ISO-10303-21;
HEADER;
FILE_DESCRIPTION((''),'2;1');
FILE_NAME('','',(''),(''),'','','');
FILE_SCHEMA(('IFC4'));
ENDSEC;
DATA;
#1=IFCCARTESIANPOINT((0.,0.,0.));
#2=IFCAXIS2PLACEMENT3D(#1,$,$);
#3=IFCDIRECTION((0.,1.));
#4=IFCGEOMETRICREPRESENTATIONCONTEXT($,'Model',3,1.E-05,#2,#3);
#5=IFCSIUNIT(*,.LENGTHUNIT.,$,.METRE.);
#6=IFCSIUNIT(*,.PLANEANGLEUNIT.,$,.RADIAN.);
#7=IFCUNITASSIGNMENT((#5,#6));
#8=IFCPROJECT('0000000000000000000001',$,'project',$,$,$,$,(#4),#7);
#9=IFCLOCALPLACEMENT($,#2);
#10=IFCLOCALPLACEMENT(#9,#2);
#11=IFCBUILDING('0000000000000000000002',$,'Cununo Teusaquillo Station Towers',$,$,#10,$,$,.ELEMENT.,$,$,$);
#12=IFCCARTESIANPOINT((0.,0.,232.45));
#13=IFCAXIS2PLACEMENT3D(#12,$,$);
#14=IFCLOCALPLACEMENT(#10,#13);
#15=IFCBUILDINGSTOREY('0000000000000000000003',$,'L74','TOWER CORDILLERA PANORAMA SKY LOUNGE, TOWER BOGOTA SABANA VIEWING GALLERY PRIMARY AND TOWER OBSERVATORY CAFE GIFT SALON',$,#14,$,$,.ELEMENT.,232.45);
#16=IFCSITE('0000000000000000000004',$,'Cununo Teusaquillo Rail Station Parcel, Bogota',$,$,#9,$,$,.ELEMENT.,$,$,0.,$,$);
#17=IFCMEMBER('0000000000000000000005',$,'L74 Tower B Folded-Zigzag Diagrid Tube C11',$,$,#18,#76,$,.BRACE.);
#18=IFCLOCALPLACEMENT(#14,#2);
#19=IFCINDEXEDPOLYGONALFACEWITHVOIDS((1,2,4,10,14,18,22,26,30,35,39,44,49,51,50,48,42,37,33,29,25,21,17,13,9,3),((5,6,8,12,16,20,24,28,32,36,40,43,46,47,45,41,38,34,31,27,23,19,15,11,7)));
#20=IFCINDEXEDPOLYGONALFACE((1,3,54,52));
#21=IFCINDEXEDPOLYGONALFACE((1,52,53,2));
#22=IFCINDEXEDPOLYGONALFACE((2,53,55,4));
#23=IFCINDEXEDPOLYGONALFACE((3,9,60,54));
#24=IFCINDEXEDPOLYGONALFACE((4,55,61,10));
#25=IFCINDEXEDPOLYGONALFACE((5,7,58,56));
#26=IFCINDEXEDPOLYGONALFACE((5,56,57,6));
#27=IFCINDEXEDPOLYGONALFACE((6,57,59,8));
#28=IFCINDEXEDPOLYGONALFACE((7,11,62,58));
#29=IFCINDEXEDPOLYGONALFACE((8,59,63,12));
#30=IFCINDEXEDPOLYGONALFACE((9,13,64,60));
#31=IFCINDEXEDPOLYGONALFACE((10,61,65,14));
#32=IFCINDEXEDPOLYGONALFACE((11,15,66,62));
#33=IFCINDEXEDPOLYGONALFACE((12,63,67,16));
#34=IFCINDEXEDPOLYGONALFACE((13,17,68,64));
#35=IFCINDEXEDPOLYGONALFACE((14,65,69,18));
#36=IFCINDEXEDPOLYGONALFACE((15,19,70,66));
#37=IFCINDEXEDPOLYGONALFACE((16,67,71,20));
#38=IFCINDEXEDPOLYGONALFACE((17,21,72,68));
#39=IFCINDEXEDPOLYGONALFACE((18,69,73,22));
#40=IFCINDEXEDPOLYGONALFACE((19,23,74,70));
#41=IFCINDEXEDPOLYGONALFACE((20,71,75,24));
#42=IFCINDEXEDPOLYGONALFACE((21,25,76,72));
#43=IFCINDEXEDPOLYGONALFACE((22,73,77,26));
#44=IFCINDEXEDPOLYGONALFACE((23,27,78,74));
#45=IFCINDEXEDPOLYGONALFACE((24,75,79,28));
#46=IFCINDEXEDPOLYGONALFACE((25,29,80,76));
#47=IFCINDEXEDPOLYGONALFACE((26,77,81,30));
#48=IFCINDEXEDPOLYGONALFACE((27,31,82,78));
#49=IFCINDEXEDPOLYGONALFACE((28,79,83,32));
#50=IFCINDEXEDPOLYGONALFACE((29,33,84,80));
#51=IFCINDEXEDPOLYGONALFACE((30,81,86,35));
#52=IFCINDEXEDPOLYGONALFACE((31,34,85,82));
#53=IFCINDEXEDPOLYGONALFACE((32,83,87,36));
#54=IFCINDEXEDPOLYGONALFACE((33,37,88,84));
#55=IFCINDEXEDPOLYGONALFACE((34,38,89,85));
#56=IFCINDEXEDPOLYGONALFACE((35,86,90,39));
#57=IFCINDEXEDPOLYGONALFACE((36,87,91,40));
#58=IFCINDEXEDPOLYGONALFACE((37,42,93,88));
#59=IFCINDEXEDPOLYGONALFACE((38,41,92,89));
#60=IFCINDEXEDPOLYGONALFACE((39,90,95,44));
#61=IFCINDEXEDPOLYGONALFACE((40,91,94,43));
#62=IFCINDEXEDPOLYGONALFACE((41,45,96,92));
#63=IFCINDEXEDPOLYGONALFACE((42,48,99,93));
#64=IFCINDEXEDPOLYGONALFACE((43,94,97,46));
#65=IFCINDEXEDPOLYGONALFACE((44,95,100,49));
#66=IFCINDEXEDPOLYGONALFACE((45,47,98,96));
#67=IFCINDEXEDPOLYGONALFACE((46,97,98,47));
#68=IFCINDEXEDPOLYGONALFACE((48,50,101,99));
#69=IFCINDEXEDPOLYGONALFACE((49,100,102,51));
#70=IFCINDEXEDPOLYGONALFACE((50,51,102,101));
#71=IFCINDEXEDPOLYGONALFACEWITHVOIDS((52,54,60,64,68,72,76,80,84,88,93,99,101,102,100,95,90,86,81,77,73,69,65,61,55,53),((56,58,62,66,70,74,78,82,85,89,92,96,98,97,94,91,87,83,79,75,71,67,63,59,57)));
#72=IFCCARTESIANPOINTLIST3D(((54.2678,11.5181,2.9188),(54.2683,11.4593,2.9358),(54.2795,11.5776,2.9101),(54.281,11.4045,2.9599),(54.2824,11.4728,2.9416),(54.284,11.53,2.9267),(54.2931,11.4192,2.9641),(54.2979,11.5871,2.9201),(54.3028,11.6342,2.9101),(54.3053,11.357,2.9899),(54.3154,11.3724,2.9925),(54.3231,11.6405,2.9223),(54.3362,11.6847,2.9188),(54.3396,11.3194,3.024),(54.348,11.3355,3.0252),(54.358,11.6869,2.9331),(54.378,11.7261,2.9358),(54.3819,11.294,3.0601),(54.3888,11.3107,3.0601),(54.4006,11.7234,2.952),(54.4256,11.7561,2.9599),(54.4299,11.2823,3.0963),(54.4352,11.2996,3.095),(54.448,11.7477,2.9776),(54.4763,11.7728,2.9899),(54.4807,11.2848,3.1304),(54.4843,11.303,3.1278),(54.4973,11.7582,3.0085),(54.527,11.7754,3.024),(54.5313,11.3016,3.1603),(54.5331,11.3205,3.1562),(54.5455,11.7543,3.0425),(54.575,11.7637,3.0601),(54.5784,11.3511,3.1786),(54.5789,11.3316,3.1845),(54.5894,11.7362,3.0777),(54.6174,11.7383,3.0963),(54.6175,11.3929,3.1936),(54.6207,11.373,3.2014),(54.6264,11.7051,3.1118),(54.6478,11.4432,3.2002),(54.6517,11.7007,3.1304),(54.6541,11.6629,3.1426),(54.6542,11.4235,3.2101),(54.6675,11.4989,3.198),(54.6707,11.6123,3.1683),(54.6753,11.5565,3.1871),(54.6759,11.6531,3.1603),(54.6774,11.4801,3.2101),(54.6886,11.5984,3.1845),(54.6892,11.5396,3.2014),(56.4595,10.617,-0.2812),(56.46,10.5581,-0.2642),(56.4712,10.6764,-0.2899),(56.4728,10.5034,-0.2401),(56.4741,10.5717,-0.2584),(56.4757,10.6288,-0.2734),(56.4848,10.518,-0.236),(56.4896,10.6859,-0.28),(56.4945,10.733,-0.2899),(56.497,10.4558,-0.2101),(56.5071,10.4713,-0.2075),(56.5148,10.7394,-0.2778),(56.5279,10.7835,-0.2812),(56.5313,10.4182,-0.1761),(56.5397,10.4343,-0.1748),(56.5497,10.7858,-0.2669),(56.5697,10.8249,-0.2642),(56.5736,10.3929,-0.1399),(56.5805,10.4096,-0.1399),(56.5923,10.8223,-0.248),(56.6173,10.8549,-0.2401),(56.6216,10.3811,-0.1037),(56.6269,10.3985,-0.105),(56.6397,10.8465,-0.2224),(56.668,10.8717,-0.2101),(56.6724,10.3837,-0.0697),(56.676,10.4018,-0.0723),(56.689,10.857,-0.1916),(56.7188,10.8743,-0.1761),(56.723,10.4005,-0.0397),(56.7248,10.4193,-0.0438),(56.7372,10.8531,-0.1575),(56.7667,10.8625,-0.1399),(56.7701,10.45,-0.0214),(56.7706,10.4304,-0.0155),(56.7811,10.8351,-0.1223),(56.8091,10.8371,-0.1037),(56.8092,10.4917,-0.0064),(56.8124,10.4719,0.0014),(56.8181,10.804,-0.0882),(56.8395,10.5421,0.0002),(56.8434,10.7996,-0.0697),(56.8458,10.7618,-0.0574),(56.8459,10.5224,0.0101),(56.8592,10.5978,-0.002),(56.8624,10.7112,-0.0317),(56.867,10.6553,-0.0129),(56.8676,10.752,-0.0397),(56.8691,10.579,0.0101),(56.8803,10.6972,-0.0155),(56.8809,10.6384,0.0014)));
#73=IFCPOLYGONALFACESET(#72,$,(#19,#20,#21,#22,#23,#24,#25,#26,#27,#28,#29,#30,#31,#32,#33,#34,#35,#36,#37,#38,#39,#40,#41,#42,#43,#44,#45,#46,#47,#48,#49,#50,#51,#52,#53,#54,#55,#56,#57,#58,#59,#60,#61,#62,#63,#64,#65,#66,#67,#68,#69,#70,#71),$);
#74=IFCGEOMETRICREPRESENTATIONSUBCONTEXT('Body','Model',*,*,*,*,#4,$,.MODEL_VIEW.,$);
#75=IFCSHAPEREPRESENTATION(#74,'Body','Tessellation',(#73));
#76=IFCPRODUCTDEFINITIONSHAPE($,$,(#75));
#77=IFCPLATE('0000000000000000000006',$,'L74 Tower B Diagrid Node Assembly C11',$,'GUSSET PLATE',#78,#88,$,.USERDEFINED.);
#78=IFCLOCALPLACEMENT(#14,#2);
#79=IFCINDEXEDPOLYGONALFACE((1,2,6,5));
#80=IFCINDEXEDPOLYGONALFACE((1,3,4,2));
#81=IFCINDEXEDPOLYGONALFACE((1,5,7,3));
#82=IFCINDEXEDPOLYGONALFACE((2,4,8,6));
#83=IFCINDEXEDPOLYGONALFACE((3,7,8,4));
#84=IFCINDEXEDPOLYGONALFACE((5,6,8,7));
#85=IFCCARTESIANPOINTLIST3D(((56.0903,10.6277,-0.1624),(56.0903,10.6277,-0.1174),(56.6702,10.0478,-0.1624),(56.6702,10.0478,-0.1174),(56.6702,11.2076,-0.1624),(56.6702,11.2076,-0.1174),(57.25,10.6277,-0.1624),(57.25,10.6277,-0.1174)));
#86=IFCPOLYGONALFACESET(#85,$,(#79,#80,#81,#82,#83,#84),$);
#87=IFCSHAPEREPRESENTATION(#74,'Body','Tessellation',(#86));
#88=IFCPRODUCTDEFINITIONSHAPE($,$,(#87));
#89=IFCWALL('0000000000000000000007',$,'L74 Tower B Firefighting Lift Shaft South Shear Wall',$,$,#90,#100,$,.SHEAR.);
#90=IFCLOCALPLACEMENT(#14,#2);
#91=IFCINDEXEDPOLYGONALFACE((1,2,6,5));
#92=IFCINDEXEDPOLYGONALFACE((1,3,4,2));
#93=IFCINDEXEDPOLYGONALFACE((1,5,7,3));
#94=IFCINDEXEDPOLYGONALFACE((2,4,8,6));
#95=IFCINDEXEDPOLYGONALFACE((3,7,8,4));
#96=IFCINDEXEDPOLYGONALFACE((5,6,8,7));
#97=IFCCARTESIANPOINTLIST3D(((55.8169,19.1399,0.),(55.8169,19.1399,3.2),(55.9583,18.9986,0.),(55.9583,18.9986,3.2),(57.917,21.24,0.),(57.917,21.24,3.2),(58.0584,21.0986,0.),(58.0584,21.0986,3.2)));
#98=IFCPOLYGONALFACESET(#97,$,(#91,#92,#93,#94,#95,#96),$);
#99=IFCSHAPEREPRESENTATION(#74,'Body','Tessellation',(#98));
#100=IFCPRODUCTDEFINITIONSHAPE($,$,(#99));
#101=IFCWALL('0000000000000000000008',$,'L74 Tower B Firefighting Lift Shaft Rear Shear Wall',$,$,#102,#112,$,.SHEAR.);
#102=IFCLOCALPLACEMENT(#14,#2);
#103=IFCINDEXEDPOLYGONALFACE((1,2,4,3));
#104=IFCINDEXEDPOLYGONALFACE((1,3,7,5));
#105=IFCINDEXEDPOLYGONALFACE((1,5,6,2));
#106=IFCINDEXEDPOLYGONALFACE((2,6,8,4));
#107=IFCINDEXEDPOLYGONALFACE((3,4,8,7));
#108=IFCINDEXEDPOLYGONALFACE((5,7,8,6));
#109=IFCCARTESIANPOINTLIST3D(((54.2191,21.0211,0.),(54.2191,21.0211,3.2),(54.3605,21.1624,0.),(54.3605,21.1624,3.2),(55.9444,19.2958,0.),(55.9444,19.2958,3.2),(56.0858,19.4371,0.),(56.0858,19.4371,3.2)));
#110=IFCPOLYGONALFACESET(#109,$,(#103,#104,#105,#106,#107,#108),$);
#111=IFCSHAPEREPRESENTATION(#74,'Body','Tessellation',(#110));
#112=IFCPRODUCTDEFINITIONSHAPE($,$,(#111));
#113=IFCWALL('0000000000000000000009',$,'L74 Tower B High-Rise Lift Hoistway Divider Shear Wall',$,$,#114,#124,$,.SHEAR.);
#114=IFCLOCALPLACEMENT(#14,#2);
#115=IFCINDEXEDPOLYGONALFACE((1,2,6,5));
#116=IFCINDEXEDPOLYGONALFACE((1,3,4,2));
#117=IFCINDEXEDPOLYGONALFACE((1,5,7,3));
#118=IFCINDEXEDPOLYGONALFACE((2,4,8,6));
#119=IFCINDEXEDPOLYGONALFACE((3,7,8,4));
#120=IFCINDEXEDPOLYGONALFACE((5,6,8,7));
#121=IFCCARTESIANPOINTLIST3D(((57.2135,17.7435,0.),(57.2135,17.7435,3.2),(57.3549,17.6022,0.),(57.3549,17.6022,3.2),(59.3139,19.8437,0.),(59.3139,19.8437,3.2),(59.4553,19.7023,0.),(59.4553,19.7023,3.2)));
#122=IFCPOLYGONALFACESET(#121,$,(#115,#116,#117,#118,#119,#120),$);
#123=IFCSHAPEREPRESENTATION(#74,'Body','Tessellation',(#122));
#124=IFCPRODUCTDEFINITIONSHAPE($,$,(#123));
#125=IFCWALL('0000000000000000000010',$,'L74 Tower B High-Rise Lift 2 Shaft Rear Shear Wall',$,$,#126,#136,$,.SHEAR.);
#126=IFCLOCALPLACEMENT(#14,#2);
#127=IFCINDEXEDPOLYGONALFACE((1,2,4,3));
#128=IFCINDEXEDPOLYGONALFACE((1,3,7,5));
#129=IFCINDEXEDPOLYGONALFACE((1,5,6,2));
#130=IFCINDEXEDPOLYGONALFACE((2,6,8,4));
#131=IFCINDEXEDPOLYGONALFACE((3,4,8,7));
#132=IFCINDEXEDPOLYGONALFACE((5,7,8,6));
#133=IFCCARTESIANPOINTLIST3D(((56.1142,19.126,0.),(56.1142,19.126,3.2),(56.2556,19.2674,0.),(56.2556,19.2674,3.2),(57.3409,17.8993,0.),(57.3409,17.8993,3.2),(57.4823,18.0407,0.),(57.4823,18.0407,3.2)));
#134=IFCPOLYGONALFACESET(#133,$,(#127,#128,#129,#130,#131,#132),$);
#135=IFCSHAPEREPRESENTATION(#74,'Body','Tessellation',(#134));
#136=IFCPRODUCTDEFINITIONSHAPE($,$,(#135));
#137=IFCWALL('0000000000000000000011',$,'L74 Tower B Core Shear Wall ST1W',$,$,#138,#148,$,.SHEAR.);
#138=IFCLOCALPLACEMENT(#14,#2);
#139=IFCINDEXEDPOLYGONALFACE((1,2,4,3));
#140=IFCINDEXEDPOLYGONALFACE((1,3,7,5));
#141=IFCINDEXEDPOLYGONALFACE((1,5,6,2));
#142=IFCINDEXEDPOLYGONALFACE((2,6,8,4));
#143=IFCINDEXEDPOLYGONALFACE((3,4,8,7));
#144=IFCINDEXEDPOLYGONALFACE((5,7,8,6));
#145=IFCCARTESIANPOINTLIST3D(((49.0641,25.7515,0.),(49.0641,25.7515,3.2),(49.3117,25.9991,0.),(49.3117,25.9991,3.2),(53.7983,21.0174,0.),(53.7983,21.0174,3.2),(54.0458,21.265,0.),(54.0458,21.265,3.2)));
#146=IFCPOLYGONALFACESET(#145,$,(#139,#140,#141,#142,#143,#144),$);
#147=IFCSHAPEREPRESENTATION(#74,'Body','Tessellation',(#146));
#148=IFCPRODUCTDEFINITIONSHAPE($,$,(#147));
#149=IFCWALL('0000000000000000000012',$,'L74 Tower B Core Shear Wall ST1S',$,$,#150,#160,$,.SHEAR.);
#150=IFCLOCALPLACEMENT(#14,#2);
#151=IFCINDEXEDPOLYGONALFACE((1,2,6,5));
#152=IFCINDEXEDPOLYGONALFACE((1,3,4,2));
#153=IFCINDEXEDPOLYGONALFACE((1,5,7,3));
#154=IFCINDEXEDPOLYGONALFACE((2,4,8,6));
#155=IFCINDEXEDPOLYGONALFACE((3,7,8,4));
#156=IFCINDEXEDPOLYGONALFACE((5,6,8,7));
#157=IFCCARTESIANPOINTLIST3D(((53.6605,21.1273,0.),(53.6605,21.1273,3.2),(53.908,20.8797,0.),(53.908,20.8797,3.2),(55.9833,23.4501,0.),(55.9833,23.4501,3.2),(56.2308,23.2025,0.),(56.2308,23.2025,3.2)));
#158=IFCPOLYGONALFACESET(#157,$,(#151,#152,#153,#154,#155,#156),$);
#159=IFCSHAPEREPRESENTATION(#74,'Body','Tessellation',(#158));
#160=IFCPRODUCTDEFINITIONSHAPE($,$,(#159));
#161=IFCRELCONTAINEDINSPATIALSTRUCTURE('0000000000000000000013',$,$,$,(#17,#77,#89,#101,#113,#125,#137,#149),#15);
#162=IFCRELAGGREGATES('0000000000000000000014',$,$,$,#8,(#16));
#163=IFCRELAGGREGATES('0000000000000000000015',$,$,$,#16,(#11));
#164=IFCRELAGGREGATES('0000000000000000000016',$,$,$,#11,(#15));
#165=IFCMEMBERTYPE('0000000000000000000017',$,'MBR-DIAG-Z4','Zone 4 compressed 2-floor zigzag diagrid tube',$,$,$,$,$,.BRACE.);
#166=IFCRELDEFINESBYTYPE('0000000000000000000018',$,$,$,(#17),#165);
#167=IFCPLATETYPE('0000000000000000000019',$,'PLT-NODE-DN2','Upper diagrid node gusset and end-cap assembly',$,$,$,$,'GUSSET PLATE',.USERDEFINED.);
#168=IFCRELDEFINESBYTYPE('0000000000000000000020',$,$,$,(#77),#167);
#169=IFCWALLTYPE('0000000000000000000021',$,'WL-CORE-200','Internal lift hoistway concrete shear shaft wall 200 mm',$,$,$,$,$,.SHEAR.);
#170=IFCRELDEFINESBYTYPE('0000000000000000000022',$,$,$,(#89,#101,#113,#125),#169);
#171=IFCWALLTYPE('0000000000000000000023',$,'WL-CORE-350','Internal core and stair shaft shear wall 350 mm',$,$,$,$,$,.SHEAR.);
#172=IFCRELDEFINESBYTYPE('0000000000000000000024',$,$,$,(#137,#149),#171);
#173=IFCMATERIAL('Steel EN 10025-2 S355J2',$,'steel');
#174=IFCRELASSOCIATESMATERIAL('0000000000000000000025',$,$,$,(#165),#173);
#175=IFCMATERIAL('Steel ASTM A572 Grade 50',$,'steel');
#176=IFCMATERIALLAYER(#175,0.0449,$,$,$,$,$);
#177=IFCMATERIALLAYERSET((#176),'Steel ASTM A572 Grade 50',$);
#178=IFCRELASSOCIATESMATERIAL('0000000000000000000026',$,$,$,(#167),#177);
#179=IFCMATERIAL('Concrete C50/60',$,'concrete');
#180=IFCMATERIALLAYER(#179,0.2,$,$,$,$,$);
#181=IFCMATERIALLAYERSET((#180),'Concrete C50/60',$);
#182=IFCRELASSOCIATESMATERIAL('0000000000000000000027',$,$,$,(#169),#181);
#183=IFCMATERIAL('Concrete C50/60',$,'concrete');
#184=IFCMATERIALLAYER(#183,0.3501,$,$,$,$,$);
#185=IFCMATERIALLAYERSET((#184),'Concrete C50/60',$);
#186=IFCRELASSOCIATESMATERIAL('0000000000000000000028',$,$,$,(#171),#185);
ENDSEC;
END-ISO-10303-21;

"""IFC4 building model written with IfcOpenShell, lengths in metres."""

from ifc_helpers import new_model, si_unit, direction, frame, frame_2d, origin, origin_2d, place, context, subcontext, project, spatial, rectangle, hollow_circle, extrude, source, transform, mapped, material, layer, layer_set, material_profile, profile_set, type_object, element, save


model = new_model("IFC4")

# Units and contexts
model_context = context("Model", 3, precision=1e-05, world=origin(), true_north=direction((0.0, 1.0)))
body_context = subcontext(model_context, "Body", "Model", "MODEL_VIEW")
ifc_project = project(units=[si_unit("LENGTHUNIT", "METRE"), si_unit("PLANEANGLEUNIT", "RADIAN")], contexts=[model_context])

# Site, building, storey
site_placement = place(None, origin())
site = spatial("IfcSite", under=ifc_project, at=site_placement, Name="Cununo Teusaquillo Rail Station Parcel, Bogota", CompositionType="ELEMENT", RefElevation=0.0)
building_placement = place(site_placement, origin())
building = spatial("IfcBuilding", under=site, at=building_placement, Name="Cununo Teusaquillo Station Towers", CompositionType="ELEMENT")
storey_placement = place(building_placement, frame((0.0, 0.0, 232.45)))
storey = spatial("IfcBuildingStorey", under=building, at=storey_placement, Name="L74", Description="TOWER CORDILLERA PANORAMA SKY LOUNGE, TOWER BOGOTA SABANA VIEWING GALLERY PRIMARY AND TOWER OBSERVATORY CAFE GIFT SALON", CompositionType="ELEMENT", Elevation=232.45)

# Member
ifc_material_1 = material(Name="Steel EN 10025-2 S355J2", Category="steel")
ifc_material_profile_1 = material_profile(ifc_material_1, hollow_circle(Radius=0.2539, WallThickness=0.0181, at=origin_2d()), Name="CHS 508x18")
ifc_profile_set_1 = profile_set([ifc_material_profile_1], Name="Steel EN 10025-2 S355J2")
member_type = type_object("IfcMemberType", Name="MBR-DIAG-Z4", Description="Zone 4 compressed 2-floor zigzag diagrid tube", PredefinedType="BRACE", material=ifc_profile_set_1)
member_placement = place(storey_placement, frame((56.6702, 10.6277, -0.1399), z_axis=(-0.550412, 0.226308, 0.803637), x_axis=(-0.380273, -0.924874, 0.0)))
element("IfcMember", 1, at=member_placement, inside=storey, type_object=member_type, Name="L74 Tower B Folded-Zigzag Diagrid Tube C11", PredefinedType="BRACE", context=body_context, shape_type="SweptSolid", body=[
    extrude(hollow_circle(Radius=0.2539, WallThickness=0.0181, at=origin_2d()), origin(), (0.0, 0.0, 1.0), 3.9819),
])

# Plate
ifc_material_2 = material(Name="Steel ASTM A572 Grade 50", Category="steel")
ifc_layer_1 = layer(ifc_material_2, 0.0449)
ifc_layer_set_1 = layer_set([ifc_layer_1], Name="Steel ASTM A572 Grade 50")
plate_type = type_object("IfcPlateType", Name="PLT-NODE-DN2", Description="Upper diagrid node gusset and end-cap assembly", ElementType="GUSSET PLATE", PredefinedType="USERDEFINED", material=ifc_layer_set_1)
shared_shape_1 = source(origin(), body_context, "Body", "SweptSolid", [
    extrude(rectangle(XDim=0.8201, YDim=0.8201, at=origin_2d()), origin(), (0.0, 0.0, 1.0), 0.0449),
])
plate_placement = place(storey_placement, frame((56.6702, 10.6277, -0.1624), z_axis=(0.0, 0.0, 1.0), x_axis=(0.707107, 0.707107, 0.0)))
element("IfcPlate", 2, at=plate_placement, inside=storey, type_object=plate_type, Name="L74 Tower B Diagrid Node Assembly C11", ObjectType="GUSSET PLATE", PredefinedType="USERDEFINED", context=body_context, shape_type="MappedRepresentation", body=[
    mapped(shared_shape_1, transform((0.0, 0.0, 0.0), x_axis=(1.0, 0.0, 0.0), y_axis=(0.0, 1.0, 0.0), z_axis=(0.0, 0.0, 1.0), scale=1.0)),
])

# Walls
ifc_material_3 = material(Name="Concrete C50/60", Category="concrete")
ifc_layer_2 = layer(ifc_material_3, 0.2)
ifc_layer_set_2 = layer_set([ifc_layer_2], Name="Concrete C50/60")
wall_type_1 = type_object("IfcWallType", Name="WL-CORE-200", Description="Internal lift hoistway concrete shear shaft wall 200 mm", PredefinedType="SHEAR", material=ifc_layer_set_2)
wall_1_placement = place(storey_placement, frame((55.8877, 19.0693, 0.0), z_axis=(0.0, 0.0, 1.0), x_axis=(0.707107, 0.707107, 0.0)))
element("IfcWall", 3, at=wall_1_placement, inside=storey, type_object=wall_type_1, Name="L74 Tower B Firefighting Lift Shaft South Shear Wall", PredefinedType="SHEAR", context=body_context, shape_type="SweptSolid", body=[
    extrude(rectangle(XDim=2.97, YDim=0.2, at=frame_2d((1.4849, 0.0))), origin(), (0.0, 0.0, 1.0), 3.2),
])
wall_2_placement = place(storey_placement, frame((56.0151, 19.3665, 0.0), z_axis=(0.0, 0.0, 1.0), x_axis=(-0.707107, 0.707107, 0.0)))
element("IfcWall", 4, at=wall_2_placement, inside=storey, type_object=wall_type_1, Name="L74 Tower B Firefighting Lift Shaft Rear Shear Wall", PredefinedType="SHEAR", context=body_context, shape_type="SweptSolid", body=[
    extrude(rectangle(XDim=2.4399, YDim=0.2, at=frame_2d((1.22, 0.0))), origin(), (0.0, 0.0, 1.0), 3.2),
])
wall_3_placement = place(storey_placement, frame((57.2842, 17.6729, 0.0), z_axis=(0.0, 0.0, 1.0), x_axis=(0.707148, 0.707066, 0.0)))
element("IfcWall", 5, at=wall_3_placement, inside=storey, type_object=wall_type_1, Name="L74 Tower B High-Rise Lift Hoistway Divider Shear Wall", PredefinedType="SHEAR", context=body_context, shape_type="SweptSolid", body=[
    extrude(rectangle(XDim=2.9702, YDim=0.2, at=frame_2d((1.4851, 0.0))), origin(), (0.0, 0.0, 1.0), 3.2),
])
wall_4_placement = place(storey_placement, frame((57.4116, 17.97, 0.0), z_axis=(0.0, 0.0, 1.0), x_axis=(-0.707107, 0.707107, 0.0)))
element("IfcWall", 6, at=wall_4_placement, inside=storey, type_object=wall_type_1, Name="L74 Tower B High-Rise Lift 2 Shaft Rear Shear Wall", PredefinedType="SHEAR", context=body_context, shape_type="SweptSolid", body=[
    extrude(rectangle(XDim=1.7349, YDim=0.2, at=frame_2d((0.8674, 0.0))), origin(), (0.0, 0.0, 1.0), 3.2),
])
ifc_material_4 = material(Name="Concrete C50/60", Category="concrete")
ifc_layer_3 = layer(ifc_material_4, 0.3501)
ifc_layer_set_3 = layer_set([ifc_layer_3], Name="Concrete C50/60")
wall_type_2 = type_object("IfcWallType", Name="WL-CORE-350", Description="Internal core and stair shaft shear wall 350 mm", PredefinedType="SHEAR", material=ifc_layer_set_3)
wall_5_placement = place(storey_placement, frame((53.9221, 21.1411, 0.0), z_axis=(0.0, 0.0, 1.0), x_axis=(-0.707107, 0.707107, 0.0)))
element("IfcWall", 7, at=wall_5_placement, inside=storey, type_object=wall_type_2, Name="L74 Tower B Core Shear Wall ST1W", PredefinedType="SHEAR", context=body_context, shape_type="SweptSolid", body=[
    extrude(rectangle(XDim=6.6951, YDim=0.3501, at=frame_2d((3.3477, 0.0))), origin(), (0.0, 0.0, 1.0), 3.2),
])
wall_6_placement = place(storey_placement, frame((53.7842, 21.0034, 0.0), z_axis=(0.0, 0.0, 1.0), x_axis=(0.707107, 0.707107, 0.0)))
element("IfcWall", 8, at=wall_6_placement, inside=storey, type_object=wall_type_2, Name="L74 Tower B Core Shear Wall ST1S", PredefinedType="SHEAR", context=body_context, shape_type="SweptSolid", body=[
    extrude(rectangle(XDim=3.2849, YDim=0.3501, at=frame_2d((1.6426, 0.0))), origin(), (0.0, 0.0, 1.0), 3.2),
])

save(model, "model.ifc")
